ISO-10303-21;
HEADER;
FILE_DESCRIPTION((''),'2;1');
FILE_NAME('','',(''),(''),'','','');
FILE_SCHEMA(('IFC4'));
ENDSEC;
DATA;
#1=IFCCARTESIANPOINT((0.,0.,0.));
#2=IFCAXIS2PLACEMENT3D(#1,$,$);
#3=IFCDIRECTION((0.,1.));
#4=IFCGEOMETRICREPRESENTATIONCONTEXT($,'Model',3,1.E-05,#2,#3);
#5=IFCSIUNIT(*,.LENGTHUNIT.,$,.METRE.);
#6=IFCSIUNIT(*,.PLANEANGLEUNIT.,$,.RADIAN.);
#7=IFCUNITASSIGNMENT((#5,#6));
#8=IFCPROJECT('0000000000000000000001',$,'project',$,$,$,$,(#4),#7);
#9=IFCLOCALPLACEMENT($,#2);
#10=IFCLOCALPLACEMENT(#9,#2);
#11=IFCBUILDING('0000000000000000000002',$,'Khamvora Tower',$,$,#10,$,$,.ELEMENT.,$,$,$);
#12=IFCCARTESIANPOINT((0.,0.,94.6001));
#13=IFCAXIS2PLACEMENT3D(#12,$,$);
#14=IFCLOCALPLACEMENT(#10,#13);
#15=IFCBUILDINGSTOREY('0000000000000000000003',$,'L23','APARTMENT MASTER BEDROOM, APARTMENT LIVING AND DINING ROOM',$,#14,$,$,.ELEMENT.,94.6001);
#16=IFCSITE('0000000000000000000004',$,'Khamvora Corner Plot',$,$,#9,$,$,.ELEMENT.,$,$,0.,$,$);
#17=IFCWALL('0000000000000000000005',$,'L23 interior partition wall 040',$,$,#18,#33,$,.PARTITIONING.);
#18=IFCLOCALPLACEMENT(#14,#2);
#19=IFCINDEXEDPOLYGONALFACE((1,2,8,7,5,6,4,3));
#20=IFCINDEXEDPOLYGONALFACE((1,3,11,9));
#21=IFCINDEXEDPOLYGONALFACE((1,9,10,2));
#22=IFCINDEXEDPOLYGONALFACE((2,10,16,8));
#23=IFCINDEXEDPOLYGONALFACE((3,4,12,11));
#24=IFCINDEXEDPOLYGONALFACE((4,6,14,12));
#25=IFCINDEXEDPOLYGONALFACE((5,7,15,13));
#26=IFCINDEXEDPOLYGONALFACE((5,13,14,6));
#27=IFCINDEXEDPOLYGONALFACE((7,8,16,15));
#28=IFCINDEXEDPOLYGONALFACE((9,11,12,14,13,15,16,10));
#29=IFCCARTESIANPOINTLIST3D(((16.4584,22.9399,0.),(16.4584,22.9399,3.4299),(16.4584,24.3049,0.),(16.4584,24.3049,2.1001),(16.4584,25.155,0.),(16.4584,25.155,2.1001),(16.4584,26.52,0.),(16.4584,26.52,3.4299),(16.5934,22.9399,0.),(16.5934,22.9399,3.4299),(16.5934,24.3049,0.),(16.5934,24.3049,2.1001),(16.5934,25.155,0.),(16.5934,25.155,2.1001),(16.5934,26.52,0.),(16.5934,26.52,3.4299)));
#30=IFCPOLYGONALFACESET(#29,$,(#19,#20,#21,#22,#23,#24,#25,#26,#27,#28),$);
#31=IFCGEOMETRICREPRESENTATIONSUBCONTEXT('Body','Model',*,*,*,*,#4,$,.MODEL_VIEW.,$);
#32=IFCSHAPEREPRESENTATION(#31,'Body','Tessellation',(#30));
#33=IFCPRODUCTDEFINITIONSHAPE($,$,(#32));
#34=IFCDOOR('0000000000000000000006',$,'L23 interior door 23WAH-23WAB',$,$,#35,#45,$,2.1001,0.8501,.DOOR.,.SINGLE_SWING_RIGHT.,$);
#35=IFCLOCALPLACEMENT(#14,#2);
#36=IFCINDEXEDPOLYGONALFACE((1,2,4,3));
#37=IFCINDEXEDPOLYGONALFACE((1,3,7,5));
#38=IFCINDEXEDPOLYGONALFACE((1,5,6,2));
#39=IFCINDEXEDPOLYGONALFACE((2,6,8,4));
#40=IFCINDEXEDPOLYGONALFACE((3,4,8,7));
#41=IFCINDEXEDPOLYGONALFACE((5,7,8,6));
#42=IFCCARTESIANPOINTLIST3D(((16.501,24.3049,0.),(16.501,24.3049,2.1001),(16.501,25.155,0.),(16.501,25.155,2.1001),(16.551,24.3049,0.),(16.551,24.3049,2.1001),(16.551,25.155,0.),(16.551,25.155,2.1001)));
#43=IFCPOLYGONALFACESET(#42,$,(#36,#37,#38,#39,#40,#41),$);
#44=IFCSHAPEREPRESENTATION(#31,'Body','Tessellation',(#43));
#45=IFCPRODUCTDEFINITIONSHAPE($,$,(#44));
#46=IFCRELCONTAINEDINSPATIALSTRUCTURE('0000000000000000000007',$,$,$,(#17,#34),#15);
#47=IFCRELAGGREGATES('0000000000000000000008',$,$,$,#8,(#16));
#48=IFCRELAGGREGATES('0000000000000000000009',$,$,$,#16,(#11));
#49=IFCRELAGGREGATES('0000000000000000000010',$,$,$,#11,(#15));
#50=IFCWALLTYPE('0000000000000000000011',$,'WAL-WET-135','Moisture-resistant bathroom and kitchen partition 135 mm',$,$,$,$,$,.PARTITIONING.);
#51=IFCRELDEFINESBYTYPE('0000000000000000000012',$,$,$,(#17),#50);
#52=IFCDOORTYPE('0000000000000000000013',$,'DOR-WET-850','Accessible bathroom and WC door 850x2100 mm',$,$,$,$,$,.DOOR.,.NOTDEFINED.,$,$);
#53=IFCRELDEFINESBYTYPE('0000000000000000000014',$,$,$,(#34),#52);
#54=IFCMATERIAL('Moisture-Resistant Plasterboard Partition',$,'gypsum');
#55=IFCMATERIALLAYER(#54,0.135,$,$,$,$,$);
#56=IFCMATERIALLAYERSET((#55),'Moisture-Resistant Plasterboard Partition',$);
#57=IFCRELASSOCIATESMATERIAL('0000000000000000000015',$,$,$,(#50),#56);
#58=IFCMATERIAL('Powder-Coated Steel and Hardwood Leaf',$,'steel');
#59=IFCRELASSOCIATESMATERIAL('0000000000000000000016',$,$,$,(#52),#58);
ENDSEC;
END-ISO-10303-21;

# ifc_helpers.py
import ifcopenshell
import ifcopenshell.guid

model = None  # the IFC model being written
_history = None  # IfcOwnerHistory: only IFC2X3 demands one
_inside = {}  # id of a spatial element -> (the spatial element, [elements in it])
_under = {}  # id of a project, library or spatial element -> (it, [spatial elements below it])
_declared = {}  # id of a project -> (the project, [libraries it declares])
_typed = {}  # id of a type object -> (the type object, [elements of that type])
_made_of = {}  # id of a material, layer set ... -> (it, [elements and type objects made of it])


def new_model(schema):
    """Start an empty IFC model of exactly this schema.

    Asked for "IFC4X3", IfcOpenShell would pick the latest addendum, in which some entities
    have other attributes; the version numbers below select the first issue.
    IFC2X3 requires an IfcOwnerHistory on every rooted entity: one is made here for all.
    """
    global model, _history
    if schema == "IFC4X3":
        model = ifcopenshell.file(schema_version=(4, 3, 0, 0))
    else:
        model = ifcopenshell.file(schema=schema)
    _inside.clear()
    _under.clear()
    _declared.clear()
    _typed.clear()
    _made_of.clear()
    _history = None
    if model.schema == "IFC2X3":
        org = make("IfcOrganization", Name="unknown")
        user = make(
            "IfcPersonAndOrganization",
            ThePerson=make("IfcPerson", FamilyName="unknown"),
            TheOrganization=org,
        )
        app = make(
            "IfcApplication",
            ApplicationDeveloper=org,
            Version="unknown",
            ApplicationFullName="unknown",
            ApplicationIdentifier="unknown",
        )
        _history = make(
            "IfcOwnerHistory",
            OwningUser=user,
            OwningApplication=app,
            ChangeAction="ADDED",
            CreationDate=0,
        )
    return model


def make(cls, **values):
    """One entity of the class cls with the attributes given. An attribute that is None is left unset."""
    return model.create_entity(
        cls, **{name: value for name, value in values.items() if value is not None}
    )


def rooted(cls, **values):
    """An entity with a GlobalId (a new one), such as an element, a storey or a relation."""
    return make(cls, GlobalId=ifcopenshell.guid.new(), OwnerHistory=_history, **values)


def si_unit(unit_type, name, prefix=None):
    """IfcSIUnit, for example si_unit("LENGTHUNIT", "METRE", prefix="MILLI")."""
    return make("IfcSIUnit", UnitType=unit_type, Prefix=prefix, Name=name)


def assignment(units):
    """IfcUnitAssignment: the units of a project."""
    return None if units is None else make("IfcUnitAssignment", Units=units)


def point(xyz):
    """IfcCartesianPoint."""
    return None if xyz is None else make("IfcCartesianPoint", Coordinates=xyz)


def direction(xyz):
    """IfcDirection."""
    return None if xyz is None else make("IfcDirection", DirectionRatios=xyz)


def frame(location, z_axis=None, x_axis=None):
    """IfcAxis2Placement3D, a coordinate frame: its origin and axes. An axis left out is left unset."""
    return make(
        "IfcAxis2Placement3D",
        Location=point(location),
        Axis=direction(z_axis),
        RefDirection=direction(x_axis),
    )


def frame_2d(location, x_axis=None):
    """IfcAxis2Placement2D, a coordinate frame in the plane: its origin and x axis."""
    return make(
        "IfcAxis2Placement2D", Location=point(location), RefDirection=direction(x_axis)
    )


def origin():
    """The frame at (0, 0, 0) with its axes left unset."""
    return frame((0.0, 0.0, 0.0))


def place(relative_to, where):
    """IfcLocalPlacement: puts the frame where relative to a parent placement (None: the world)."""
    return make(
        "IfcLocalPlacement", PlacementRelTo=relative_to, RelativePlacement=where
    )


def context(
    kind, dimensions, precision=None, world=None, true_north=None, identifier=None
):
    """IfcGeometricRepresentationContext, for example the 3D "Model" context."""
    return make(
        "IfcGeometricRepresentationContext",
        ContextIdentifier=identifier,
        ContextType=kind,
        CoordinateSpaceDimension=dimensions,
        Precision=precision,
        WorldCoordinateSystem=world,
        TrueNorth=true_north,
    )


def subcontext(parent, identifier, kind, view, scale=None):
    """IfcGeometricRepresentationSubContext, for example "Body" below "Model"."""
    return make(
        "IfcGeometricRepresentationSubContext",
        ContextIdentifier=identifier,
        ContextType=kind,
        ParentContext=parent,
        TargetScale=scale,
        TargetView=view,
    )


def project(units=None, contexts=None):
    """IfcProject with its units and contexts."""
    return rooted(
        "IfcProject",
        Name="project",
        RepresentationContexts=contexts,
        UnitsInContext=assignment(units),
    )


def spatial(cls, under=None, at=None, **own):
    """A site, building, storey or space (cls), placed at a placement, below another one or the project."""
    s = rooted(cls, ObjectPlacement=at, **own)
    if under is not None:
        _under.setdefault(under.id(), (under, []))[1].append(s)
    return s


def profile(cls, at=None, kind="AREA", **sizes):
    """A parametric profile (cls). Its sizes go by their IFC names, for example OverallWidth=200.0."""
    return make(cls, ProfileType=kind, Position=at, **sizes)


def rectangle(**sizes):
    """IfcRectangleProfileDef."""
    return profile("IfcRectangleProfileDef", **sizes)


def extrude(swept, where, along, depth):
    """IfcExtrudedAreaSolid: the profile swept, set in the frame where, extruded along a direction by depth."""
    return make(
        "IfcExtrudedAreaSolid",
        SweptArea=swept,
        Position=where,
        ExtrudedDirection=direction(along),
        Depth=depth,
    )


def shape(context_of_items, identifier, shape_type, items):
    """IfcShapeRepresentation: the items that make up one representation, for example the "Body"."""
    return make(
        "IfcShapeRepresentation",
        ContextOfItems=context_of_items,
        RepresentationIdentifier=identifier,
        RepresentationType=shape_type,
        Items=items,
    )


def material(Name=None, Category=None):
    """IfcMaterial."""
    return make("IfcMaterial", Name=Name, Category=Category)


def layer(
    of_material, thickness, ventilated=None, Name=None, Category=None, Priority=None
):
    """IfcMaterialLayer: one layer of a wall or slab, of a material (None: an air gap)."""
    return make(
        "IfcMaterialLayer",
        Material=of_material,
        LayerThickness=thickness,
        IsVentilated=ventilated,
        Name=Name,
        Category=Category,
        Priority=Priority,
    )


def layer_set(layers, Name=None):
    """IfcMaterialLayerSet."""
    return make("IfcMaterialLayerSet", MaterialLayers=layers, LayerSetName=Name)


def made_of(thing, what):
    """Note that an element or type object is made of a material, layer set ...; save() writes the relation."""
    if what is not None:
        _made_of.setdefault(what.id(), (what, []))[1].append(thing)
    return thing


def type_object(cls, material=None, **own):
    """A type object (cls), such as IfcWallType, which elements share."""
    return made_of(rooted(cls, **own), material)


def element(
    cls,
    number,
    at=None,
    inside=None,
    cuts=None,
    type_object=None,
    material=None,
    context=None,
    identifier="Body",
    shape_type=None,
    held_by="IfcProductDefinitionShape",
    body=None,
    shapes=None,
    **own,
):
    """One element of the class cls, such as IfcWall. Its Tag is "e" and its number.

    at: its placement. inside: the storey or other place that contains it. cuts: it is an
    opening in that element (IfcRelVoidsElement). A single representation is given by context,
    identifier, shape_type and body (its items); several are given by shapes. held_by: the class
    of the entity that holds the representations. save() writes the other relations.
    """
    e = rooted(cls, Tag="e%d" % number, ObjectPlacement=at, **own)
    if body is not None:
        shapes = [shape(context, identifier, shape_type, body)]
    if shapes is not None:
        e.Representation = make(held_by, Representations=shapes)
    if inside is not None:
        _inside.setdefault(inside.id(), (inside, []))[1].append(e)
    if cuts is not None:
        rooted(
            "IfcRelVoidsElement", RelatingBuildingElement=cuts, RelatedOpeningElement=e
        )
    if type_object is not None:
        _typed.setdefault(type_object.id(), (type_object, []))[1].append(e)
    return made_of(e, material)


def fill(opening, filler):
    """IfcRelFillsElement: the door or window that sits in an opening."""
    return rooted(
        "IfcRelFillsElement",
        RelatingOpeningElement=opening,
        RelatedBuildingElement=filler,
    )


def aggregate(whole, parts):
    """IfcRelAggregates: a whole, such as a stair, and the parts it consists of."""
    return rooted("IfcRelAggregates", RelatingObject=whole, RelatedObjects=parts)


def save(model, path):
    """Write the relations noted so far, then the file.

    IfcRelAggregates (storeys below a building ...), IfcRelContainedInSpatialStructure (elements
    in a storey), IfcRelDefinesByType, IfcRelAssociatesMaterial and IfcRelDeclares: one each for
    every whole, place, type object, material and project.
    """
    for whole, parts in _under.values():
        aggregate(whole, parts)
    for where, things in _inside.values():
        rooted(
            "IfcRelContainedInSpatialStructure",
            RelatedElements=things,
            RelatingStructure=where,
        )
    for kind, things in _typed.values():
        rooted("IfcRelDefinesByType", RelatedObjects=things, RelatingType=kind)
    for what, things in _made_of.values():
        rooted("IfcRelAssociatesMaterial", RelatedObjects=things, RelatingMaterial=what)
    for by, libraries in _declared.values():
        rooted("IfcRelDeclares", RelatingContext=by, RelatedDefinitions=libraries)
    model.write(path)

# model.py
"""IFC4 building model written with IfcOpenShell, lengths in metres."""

from ifc_helpers import new_model, si_unit, direction, frame, frame_2d, origin, place, context, subcontext, project, spatial, rectangle, extrude, material, layer, layer_set, type_object, element, fill, save


model = new_model("IFC4")

# Units and contexts
model_context = context("Model", 3, precision=1e-05, world=origin(), true_north=direction((0.0, 1.0)))
body_context = subcontext(model_context, "Body", "Model", "MODEL_VIEW")
ifc_project = project(units=[si_unit("LENGTHUNIT", "METRE"), si_unit("PLANEANGLEUNIT", "RADIAN")], contexts=[model_context])

# Site, building, storey
site_placement = place(None, origin())
site = spatial("IfcSite", under=ifc_project, at=site_placement, Name="Khamvora Corner Plot", CompositionType="ELEMENT", RefElevation=0.0)
building_placement = place(site_placement, origin())
building = spatial("IfcBuilding", under=site, at=building_placement, Name="Khamvora Tower", CompositionType="ELEMENT")
storey_placement = place(building_placement, frame((0.0, 0.0, 94.6001)))
storey = spatial("IfcBuildingStorey", under=building, at=storey_placement, Name="L23", Description="APARTMENT MASTER BEDROOM, APARTMENT LIVING AND DINING ROOM", CompositionType="ELEMENT", Elevation=94.6001)

# Shared definitions
ifc_material_1 = material(Name="Powder-Coated Steel and Hardwood Leaf", Category="steel")

# Shared definitions
ifc_material_2 = material(Name="Moisture-Resistant Plasterboard Partition", Category="gypsum")
ifc_layer_1 = layer(ifc_material_2, 0.135)
ifc_layer_set_1 = layer_set([ifc_layer_1], Name="Moisture-Resistant Plasterboard Partition")
wall_type_1 = type_object("IfcWallType", Name="WAL-WET-135", Description="Moisture-resistant bathroom and kitchen partition 135 mm", PredefinedType="PARTITIONING", material=ifc_layer_set_1)

# Wall, opening, door
wall_1_placement = place(storey_placement, frame((16.5259, 22.9399, 0.0), z_axis=(0.0, 0.0, 1.0), x_axis=(0.0, 1.0, 0.0)))
wall_1 = element("IfcWall", 1, at=wall_1_placement, inside=storey, type_object=wall_type_1, Name="L23 interior partition wall 040", PredefinedType="PARTITIONING", context=body_context, shape_type="SweptSolid", body=[
    extrude(rectangle(XDim=3.5801, YDim=0.135, at=frame_2d((1.79, 0.0))), origin(), (0.0, 0.0, 1.0), 3.4299),
])
opening_1_placement = place(wall_1_placement, frame((1.365, 0.0, 0.0)))
opening_1 = element("IfcOpeningElement", 2, at=opening_1_placement, cuts=wall_1, PredefinedType="OPENING", context=body_context, shape_type="SweptSolid", body=[
    extrude(rectangle(XDim=0.8501, YDim=2.1001, at=frame_2d((0.425, 1.05))), frame((0.0, 0.0774, 0.0), z_axis=(0.0, -1.0, 0.0), x_axis=(1.0, 0.0, 0.0)), (0.0, 0.0, 1.0), 0.155),
])
door_type_1 = type_object("IfcDoorType", Name="DOR-WET-850", Description="Accessible bathroom and WC door 850x2100 mm", OperationType="NOTDEFINED", PredefinedType="DOOR", material=ifc_material_1)
door_1_placement = place(opening_1_placement, origin())
door_1 = element("IfcDoor", 3, at=door_1_placement, inside=storey, type_object=door_type_1, Name="L23 interior door 23WAH-23WAB", OperationType="SINGLE_SWING_RIGHT", OverallHeight=2.1001, OverallWidth=0.8501, PredefinedType="DOOR", context=body_context, shape_type="SweptSolid", body=[
    extrude(rectangle(XDim=0.8501, YDim=2.1001, at=frame_2d((0.425, 1.05))), frame((0.0, 0.0249, 0.0), z_axis=(0.0, -1.0, 0.0), x_axis=(1.0, 0.0, 0.0)), (0.0, 0.0, 1.0), 0.05),
])
fill(opening_1, door_1)

save(model, "model.ifc")
